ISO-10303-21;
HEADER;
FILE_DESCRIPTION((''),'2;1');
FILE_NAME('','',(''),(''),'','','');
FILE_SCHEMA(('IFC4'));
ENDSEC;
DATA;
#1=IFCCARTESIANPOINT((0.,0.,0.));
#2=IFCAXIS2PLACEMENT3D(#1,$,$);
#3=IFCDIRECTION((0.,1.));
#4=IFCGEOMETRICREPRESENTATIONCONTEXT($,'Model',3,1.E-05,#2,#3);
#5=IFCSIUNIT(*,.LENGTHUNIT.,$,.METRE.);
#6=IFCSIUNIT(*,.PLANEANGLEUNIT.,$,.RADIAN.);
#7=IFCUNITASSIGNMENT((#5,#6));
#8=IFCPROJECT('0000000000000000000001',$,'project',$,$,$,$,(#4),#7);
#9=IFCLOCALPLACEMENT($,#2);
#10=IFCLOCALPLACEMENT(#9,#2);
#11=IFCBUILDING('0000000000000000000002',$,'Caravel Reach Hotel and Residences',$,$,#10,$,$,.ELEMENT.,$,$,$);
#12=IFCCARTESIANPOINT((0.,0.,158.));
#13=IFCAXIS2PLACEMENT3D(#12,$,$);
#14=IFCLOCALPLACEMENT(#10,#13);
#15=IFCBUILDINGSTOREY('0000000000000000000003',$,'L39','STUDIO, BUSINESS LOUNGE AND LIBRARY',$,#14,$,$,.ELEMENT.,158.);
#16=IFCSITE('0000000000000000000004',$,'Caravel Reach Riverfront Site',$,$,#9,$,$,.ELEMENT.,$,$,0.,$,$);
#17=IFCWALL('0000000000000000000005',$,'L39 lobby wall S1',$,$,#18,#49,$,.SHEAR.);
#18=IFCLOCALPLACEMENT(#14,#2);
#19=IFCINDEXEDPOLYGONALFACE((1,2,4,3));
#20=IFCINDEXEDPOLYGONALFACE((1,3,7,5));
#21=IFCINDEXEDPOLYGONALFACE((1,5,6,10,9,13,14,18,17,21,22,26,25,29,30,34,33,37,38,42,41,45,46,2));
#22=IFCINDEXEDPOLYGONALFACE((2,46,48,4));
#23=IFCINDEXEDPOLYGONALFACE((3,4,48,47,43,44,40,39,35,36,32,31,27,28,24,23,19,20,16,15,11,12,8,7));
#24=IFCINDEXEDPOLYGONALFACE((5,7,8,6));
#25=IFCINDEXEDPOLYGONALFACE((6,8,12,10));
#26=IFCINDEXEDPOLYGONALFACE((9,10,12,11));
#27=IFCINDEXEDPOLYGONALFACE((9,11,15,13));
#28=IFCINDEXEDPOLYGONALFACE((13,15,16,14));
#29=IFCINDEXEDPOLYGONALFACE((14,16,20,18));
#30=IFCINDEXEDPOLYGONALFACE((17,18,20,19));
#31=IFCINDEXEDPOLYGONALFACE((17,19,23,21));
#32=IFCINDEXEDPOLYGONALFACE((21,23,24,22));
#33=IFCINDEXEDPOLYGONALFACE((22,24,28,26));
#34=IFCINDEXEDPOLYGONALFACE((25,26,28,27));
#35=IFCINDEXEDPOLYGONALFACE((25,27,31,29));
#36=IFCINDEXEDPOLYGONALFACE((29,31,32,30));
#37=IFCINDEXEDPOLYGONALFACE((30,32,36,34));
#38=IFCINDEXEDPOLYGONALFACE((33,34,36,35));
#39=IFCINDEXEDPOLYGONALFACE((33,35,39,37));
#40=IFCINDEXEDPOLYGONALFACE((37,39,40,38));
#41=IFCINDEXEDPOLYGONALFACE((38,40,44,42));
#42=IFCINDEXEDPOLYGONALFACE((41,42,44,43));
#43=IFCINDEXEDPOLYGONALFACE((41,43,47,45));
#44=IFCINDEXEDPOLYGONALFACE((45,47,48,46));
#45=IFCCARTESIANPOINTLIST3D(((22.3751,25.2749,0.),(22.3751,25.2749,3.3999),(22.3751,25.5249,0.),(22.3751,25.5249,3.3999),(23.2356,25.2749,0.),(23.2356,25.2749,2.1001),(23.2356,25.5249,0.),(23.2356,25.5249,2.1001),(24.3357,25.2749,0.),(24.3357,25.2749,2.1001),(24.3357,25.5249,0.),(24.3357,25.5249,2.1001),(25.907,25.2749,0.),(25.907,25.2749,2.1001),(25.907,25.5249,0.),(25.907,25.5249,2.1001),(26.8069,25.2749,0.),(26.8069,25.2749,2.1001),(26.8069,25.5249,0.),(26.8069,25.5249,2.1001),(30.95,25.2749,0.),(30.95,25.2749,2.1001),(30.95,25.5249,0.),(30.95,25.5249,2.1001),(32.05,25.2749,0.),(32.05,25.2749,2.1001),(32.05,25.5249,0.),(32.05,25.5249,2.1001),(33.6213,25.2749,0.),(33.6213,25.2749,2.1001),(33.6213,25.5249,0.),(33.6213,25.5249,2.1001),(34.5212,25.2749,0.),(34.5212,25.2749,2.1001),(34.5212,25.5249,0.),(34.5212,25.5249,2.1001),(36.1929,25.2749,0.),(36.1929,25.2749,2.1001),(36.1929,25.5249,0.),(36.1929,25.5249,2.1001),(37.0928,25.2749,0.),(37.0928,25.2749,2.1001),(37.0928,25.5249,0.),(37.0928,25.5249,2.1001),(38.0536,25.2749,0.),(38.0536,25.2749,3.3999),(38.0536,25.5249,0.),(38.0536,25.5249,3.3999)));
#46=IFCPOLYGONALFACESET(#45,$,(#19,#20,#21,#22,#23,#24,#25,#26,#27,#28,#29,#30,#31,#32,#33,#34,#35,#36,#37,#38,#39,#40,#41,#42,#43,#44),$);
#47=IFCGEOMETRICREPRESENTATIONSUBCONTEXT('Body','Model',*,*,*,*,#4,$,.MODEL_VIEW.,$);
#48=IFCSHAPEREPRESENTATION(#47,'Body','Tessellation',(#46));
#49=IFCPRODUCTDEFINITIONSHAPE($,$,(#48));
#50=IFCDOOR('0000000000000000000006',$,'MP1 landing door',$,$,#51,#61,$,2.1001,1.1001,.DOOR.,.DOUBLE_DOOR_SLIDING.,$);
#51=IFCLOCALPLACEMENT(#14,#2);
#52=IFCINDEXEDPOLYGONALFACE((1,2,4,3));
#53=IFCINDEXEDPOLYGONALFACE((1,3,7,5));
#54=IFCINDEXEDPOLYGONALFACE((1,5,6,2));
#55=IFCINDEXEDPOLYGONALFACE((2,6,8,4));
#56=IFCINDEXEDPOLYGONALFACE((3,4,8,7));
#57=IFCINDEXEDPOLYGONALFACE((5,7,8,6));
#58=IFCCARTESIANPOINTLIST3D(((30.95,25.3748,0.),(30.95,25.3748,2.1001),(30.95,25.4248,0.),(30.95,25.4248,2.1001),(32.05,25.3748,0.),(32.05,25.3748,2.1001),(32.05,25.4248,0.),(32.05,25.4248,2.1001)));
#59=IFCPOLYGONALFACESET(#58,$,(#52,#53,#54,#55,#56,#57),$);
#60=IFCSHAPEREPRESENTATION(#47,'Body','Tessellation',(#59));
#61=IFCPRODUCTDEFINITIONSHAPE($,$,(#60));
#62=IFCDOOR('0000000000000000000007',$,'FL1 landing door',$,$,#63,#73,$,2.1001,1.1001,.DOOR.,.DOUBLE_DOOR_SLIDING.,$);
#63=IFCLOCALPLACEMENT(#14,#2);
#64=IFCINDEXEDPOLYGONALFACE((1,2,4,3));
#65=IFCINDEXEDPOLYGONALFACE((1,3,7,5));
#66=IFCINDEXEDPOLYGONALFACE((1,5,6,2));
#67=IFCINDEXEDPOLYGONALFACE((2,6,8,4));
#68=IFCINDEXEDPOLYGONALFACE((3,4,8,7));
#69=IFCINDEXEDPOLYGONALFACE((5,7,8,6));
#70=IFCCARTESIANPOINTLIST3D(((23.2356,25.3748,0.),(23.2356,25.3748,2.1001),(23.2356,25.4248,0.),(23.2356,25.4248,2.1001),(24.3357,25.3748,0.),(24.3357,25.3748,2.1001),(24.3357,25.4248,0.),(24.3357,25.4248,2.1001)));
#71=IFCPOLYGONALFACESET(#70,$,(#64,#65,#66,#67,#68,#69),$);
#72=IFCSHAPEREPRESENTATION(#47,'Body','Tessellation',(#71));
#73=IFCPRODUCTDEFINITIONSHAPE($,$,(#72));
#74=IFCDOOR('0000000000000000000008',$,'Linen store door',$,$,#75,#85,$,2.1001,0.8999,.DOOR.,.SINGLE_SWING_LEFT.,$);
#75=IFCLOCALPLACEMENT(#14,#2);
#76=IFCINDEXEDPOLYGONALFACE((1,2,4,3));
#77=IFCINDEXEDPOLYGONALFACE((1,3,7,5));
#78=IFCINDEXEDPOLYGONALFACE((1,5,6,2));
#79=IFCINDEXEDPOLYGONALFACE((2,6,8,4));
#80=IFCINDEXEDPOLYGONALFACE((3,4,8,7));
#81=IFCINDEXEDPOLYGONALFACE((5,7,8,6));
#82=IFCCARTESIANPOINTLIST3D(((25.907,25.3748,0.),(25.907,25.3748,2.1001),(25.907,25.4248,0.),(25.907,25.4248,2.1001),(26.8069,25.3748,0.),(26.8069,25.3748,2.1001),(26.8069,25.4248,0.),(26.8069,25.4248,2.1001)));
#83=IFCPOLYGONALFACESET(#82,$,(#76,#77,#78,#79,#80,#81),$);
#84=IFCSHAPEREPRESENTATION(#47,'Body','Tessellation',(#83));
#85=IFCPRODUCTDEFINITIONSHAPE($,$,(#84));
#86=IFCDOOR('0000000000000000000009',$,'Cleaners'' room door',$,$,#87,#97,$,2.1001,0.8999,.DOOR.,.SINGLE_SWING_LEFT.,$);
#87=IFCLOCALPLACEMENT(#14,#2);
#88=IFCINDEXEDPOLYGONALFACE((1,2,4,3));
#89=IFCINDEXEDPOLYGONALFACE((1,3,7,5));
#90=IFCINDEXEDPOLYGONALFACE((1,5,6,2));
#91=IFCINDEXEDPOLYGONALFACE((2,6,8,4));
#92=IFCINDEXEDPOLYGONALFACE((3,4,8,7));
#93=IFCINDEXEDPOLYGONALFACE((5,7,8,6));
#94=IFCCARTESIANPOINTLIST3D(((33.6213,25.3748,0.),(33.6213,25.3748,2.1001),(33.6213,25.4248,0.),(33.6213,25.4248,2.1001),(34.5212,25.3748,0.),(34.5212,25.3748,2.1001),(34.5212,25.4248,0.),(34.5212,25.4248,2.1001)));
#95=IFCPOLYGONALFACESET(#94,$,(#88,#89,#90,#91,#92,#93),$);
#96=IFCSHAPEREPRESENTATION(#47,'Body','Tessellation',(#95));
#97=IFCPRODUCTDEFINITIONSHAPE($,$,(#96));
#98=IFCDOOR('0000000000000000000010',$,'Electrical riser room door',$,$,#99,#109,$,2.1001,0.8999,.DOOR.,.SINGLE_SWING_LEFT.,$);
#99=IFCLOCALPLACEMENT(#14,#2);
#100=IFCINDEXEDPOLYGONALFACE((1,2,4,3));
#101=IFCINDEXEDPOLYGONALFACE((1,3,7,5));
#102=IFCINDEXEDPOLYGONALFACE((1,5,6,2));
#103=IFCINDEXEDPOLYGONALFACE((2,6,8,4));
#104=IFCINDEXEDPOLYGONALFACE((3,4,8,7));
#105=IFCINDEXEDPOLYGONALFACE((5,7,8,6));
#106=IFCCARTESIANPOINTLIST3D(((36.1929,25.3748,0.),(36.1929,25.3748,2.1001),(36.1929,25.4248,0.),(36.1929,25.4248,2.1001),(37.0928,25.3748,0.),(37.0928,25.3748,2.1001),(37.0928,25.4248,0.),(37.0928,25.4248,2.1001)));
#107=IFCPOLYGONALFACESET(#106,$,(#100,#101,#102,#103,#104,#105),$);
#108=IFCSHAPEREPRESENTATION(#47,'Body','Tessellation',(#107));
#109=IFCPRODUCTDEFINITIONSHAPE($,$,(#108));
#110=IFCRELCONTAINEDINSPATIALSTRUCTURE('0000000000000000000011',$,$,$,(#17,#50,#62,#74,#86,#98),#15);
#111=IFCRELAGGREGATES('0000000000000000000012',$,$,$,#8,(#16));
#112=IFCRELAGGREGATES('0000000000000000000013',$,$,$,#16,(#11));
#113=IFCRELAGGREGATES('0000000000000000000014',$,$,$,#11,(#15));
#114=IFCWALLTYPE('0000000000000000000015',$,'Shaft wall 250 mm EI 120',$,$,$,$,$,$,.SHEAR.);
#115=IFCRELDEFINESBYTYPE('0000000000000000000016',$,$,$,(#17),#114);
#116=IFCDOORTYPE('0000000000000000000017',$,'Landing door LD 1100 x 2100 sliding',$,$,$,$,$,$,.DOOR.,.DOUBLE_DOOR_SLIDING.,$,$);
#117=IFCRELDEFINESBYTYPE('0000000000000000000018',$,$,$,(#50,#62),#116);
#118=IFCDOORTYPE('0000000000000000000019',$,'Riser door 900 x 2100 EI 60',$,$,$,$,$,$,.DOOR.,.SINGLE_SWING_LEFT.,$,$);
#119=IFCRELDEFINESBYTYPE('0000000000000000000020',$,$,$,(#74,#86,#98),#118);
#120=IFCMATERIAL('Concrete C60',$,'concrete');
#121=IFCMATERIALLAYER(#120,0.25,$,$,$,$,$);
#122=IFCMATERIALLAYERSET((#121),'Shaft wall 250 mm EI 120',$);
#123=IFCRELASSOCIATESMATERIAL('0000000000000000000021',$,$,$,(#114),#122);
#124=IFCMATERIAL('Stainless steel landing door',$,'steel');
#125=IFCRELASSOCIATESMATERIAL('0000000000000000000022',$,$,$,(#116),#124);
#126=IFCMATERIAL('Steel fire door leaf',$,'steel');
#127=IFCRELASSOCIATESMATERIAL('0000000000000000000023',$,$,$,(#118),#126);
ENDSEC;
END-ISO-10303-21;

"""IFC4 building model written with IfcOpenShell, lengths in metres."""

from ifc_helpers import new_model, si_unit, direction, frame, frame_2d, origin, place, context, subcontext, project, spatial, rectangle, extrude, material, layer, layer_set, type_object, element, fill, save


model = new_model("IFC4")

# Units and contexts
model_context = context("Model", 3, precision=1e-05, world=origin(), true_north=direction((0.0, 1.0)))
body_context = subcontext(model_context, "Body", "Model", "MODEL_VIEW")
ifc_project = project(units=[si_unit("LENGTHUNIT", "METRE"), si_unit("PLANEANGLEUNIT", "RADIAN")], contexts=[model_context])

# Site, building, storey
site_placement = place(None, origin())
site = spatial("IfcSite", under=ifc_project, at=site_placement, Name="Caravel Reach Riverfront Site", CompositionType="ELEMENT", RefElevation=0.0)
building_placement = place(site_placement, origin())
building = spatial("IfcBuilding", under=site, at=building_placement, Name="Caravel Reach Hotel and Residences", CompositionType="ELEMENT")
storey_placement = place(building_placement, frame((0.0, 0.0, 158.0)))
storey = spatial("IfcBuildingStorey", under=building, at=storey_placement, Name="L39", Description="STUDIO, BUSINESS LOUNGE AND LIBRARY", CompositionType="ELEMENT", Elevation=158.0)

# Wall, openings, doors
ifc_material_1 = material(Name="Concrete C60", Category="concrete")
ifc_layer_1 = layer(ifc_material_1, 0.25)
ifc_layer_set_1 = layer_set([ifc_layer_1], Name="Shaft wall 250 mm EI 120")
wall_type_1 = type_object("IfcWallType", Name="Shaft wall 250 mm EI 120", PredefinedType="SHEAR", material=ifc_layer_set_1)
wall_1_placement = place(storey_placement, frame((22.375, 25.3999, 0.0), z_axis=(0.0, 0.0, 1.0), x_axis=(1.0, 0.0, 0.0)))
wall_1 = element("IfcWall", 1, at=wall_1_placement, inside=storey, type_object=wall_type_1, Name="L39 lobby wall S1", PredefinedType="SHEAR", context=body_context, shape_type="SweptSolid", body=[
    extrude(rectangle(XDim=15.6785, YDim=0.25, at=frame_2d((7.8394, 0.0))), origin(), (0.0, 0.0, 1.0), 3.3999),
])
opening_1_placement = place(wall_1_placement, frame((8.575, 0.0, 0.0)))
opening_1 = element("IfcOpeningElement", 2, at=opening_1_placement, cuts=wall_1, PredefinedType="OPENING", context=body_context, shape_type="SweptSolid", body=[
    extrude(rectangle(XDim=1.1001, YDim=2.1001, at=frame_2d((0.55, 1.05))), frame((0.0, 0.135, 0.0), z_axis=(0.0, -1.0, 0.0), x_axis=(1.0, 0.0, 0.0)), (0.0, 0.0, 1.0), 0.27),
])
opening_2_placement = place(wall_1_placement, frame((0.8606, 0.0, 0.0)))
opening_2 = element("IfcOpeningElement", 3, at=opening_2_placement, cuts=wall_1, PredefinedType="OPENING", context=body_context, shape_type="SweptSolid", body=[
    extrude(rectangle(XDim=1.1001, YDim=2.1001, at=frame_2d((0.55, 1.05))), frame((0.0, 0.135, 0.0), z_axis=(0.0, -1.0, 0.0), x_axis=(1.0, 0.0, 0.0)), (0.0, 0.0, 1.0), 0.27),
])
opening_3_placement = place(wall_1_placement, frame((3.532, 0.0, 0.0)))
opening_3 = element("IfcOpeningElement", 4, at=opening_3_placement, cuts=wall_1, PredefinedType="OPENING", context=body_context, shape_type="SweptSolid", body=[
    extrude(rectangle(XDim=0.8999, YDim=2.1001, at=frame_2d((0.45, 1.05))), frame((0.0, 0.135, 0.0), z_axis=(0.0, -1.0, 0.0), x_axis=(1.0, 0.0, 0.0)), (0.0, 0.0, 1.0), 0.27),
])
opening_4_placement = place(wall_1_placement, frame((11.2463, 0.0, 0.0)))
opening_4 = element("IfcOpeningElement", 5, at=opening_4_placement, cuts=wall_1, PredefinedType="OPENING", context=body_context, shape_type="SweptSolid", body=[
    extrude(rectangle(XDim=0.8999, YDim=2.1001, at=frame_2d((0.45, 1.05))), frame((0.0, 0.135, 0.0), z_axis=(0.0, -1.0, 0.0), x_axis=(1.0, 0.0, 0.0)), (0.0, 0.0, 1.0), 0.27),
])
opening_5_placement = place(wall_1_placement, frame((13.8179, 0.0, 0.0)))
opening_5 = element("IfcOpeningElement", 6, at=opening_5_placement, cuts=wall_1, PredefinedType="OPENING", context=body_context, shape_type="SweptSolid", body=[
    extrude(rectangle(XDim=0.8999, YDim=2.1001, at=frame_2d((0.45, 1.05))), frame((0.0, 0.135, 0.0), z_axis=(0.0, -1.0, 0.0), x_axis=(1.0, 0.0, 0.0)), (0.0, 0.0, 1.0), 0.27),
])
ifc_material_2 = material(Name="Stainless steel landing door", Category="steel")
door_type_1 = type_object("IfcDoorType", Name="Landing door LD 1100 x 2100 sliding", OperationType="DOUBLE_DOOR_SLIDING", PredefinedType="DOOR", material=ifc_material_2)
door_1_placement = place(opening_1_placement, origin())
door_1 = element("IfcDoor", 7, at=door_1_placement, inside=storey, type_object=door_type_1, Name="MP1 landing door", OperationType="DOUBLE_DOOR_SLIDING", OverallHeight=2.1001, OverallWidth=1.1001, PredefinedType="DOOR", context=body_context, shape_type="SweptSolid", body=[
    extrude(rectangle(XDim=1.1001, YDim=2.1001, at=frame_2d((0.55, 1.05))), frame((0.0, 0.0249, 0.0), z_axis=(0.0, -1.0, 0.0), x_axis=(1.0, 0.0, 0.0)), (0.0, 0.0, 1.0), 0.05),
])
fill(opening_1, door_1)
door_2_placement = place(opening_2_placement, origin())
door_2 = element("IfcDoor", 8, at=door_2_placement, inside=storey, type_object=door_type_1, Name="FL1 landing door", OperationType="DOUBLE_DOOR_SLIDING", OverallHeight=2.1001, OverallWidth=1.1001, PredefinedType="DOOR", context=body_context, shape_type="SweptSolid", body=[
    extrude(rectangle(XDim=1.1001, YDim=2.1001, at=frame_2d((0.55, 1.05))), frame((0.0, 0.0249, 0.0), z_axis=(0.0, -1.0, 0.0), x_axis=(1.0, 0.0, 0.0)), (0.0, 0.0, 1.0), 0.05),
])
fill(opening_2, door_2)
ifc_material_3 = material(Name="Steel fire door leaf", Category="steel")
door_type_2 = type_object("IfcDoorType", Name="Riser door 900 x 2100 EI 60", OperationType="SINGLE_SWING_LEFT", PredefinedType="DOOR", material=ifc_material_3)
door_3_placement = place(opening_3_placement, origin())
door_3 = element("IfcDoor", 9, at=door_3_placement, inside=storey, type_object=door_type_2, Name="Linen store door", OperationType="SINGLE_SWING_LEFT", OverallHeight=2.1001, OverallWidth=0.8999, PredefinedType="DOOR", context=body_context, shape_type="SweptSolid", body=[
    extrude(rectangle(XDim=0.8999, YDim=2.1001, at=frame_2d((0.45, 1.05))), frame((0.0, 0.0249, 0.0), z_axis=(0.0, -1.0, 0.0), x_axis=(1.0, 0.0, 0.0)), (0.0, 0.0, 1.0), 0.05),
])
fill(opening_3, door_3)
door_4_placement = place(opening_4_placement, origin())
door_4 = element("IfcDoor", 10, at=door_4_placement, inside=storey, type_object=door_type_2, Name="Cleaners' room door", OperationType="SINGLE_SWING_LEFT", OverallHeight=2.1001, OverallWidth=0.8999, PredefinedType="DOOR", context=body_context, shape_type="SweptSolid", body=[
    extrude(rectangle(XDim=0.8999, YDim=2.1001, at=frame_2d((0.45, 1.05))), frame((0.0, 0.0249, 0.0), z_axis=(0.0, -1.0, 0.0), x_axis=(1.0, 0.0, 0.0)), (0.0, 0.0, 1.0), 0.05),
])
fill(opening_4, door_4)
door_5_placement = place(opening_5_placement, origin())
door_5 = element("IfcDoor", 11, at=door_5_placement, inside=storey, type_object=door_type_2, Name="Electrical riser room door", OperationType="SINGLE_SWING_LEFT", OverallHeight=2.1001, OverallWidth=0.8999, PredefinedType="DOOR", context=body_context, shape_type="SweptSolid", body=[
    extrude(rectangle(XDim=0.8999, YDim=2.1001, at=frame_2d((0.45, 1.05))), frame((0.0, 0.0249, 0.0), z_axis=(0.0, -1.0, 0.0), x_axis=(1.0, 0.0, 0.0)), (0.0, 0.0, 1.0), 0.05),
])
fill(opening_5, door_5)

save(model, "model.ifc")
